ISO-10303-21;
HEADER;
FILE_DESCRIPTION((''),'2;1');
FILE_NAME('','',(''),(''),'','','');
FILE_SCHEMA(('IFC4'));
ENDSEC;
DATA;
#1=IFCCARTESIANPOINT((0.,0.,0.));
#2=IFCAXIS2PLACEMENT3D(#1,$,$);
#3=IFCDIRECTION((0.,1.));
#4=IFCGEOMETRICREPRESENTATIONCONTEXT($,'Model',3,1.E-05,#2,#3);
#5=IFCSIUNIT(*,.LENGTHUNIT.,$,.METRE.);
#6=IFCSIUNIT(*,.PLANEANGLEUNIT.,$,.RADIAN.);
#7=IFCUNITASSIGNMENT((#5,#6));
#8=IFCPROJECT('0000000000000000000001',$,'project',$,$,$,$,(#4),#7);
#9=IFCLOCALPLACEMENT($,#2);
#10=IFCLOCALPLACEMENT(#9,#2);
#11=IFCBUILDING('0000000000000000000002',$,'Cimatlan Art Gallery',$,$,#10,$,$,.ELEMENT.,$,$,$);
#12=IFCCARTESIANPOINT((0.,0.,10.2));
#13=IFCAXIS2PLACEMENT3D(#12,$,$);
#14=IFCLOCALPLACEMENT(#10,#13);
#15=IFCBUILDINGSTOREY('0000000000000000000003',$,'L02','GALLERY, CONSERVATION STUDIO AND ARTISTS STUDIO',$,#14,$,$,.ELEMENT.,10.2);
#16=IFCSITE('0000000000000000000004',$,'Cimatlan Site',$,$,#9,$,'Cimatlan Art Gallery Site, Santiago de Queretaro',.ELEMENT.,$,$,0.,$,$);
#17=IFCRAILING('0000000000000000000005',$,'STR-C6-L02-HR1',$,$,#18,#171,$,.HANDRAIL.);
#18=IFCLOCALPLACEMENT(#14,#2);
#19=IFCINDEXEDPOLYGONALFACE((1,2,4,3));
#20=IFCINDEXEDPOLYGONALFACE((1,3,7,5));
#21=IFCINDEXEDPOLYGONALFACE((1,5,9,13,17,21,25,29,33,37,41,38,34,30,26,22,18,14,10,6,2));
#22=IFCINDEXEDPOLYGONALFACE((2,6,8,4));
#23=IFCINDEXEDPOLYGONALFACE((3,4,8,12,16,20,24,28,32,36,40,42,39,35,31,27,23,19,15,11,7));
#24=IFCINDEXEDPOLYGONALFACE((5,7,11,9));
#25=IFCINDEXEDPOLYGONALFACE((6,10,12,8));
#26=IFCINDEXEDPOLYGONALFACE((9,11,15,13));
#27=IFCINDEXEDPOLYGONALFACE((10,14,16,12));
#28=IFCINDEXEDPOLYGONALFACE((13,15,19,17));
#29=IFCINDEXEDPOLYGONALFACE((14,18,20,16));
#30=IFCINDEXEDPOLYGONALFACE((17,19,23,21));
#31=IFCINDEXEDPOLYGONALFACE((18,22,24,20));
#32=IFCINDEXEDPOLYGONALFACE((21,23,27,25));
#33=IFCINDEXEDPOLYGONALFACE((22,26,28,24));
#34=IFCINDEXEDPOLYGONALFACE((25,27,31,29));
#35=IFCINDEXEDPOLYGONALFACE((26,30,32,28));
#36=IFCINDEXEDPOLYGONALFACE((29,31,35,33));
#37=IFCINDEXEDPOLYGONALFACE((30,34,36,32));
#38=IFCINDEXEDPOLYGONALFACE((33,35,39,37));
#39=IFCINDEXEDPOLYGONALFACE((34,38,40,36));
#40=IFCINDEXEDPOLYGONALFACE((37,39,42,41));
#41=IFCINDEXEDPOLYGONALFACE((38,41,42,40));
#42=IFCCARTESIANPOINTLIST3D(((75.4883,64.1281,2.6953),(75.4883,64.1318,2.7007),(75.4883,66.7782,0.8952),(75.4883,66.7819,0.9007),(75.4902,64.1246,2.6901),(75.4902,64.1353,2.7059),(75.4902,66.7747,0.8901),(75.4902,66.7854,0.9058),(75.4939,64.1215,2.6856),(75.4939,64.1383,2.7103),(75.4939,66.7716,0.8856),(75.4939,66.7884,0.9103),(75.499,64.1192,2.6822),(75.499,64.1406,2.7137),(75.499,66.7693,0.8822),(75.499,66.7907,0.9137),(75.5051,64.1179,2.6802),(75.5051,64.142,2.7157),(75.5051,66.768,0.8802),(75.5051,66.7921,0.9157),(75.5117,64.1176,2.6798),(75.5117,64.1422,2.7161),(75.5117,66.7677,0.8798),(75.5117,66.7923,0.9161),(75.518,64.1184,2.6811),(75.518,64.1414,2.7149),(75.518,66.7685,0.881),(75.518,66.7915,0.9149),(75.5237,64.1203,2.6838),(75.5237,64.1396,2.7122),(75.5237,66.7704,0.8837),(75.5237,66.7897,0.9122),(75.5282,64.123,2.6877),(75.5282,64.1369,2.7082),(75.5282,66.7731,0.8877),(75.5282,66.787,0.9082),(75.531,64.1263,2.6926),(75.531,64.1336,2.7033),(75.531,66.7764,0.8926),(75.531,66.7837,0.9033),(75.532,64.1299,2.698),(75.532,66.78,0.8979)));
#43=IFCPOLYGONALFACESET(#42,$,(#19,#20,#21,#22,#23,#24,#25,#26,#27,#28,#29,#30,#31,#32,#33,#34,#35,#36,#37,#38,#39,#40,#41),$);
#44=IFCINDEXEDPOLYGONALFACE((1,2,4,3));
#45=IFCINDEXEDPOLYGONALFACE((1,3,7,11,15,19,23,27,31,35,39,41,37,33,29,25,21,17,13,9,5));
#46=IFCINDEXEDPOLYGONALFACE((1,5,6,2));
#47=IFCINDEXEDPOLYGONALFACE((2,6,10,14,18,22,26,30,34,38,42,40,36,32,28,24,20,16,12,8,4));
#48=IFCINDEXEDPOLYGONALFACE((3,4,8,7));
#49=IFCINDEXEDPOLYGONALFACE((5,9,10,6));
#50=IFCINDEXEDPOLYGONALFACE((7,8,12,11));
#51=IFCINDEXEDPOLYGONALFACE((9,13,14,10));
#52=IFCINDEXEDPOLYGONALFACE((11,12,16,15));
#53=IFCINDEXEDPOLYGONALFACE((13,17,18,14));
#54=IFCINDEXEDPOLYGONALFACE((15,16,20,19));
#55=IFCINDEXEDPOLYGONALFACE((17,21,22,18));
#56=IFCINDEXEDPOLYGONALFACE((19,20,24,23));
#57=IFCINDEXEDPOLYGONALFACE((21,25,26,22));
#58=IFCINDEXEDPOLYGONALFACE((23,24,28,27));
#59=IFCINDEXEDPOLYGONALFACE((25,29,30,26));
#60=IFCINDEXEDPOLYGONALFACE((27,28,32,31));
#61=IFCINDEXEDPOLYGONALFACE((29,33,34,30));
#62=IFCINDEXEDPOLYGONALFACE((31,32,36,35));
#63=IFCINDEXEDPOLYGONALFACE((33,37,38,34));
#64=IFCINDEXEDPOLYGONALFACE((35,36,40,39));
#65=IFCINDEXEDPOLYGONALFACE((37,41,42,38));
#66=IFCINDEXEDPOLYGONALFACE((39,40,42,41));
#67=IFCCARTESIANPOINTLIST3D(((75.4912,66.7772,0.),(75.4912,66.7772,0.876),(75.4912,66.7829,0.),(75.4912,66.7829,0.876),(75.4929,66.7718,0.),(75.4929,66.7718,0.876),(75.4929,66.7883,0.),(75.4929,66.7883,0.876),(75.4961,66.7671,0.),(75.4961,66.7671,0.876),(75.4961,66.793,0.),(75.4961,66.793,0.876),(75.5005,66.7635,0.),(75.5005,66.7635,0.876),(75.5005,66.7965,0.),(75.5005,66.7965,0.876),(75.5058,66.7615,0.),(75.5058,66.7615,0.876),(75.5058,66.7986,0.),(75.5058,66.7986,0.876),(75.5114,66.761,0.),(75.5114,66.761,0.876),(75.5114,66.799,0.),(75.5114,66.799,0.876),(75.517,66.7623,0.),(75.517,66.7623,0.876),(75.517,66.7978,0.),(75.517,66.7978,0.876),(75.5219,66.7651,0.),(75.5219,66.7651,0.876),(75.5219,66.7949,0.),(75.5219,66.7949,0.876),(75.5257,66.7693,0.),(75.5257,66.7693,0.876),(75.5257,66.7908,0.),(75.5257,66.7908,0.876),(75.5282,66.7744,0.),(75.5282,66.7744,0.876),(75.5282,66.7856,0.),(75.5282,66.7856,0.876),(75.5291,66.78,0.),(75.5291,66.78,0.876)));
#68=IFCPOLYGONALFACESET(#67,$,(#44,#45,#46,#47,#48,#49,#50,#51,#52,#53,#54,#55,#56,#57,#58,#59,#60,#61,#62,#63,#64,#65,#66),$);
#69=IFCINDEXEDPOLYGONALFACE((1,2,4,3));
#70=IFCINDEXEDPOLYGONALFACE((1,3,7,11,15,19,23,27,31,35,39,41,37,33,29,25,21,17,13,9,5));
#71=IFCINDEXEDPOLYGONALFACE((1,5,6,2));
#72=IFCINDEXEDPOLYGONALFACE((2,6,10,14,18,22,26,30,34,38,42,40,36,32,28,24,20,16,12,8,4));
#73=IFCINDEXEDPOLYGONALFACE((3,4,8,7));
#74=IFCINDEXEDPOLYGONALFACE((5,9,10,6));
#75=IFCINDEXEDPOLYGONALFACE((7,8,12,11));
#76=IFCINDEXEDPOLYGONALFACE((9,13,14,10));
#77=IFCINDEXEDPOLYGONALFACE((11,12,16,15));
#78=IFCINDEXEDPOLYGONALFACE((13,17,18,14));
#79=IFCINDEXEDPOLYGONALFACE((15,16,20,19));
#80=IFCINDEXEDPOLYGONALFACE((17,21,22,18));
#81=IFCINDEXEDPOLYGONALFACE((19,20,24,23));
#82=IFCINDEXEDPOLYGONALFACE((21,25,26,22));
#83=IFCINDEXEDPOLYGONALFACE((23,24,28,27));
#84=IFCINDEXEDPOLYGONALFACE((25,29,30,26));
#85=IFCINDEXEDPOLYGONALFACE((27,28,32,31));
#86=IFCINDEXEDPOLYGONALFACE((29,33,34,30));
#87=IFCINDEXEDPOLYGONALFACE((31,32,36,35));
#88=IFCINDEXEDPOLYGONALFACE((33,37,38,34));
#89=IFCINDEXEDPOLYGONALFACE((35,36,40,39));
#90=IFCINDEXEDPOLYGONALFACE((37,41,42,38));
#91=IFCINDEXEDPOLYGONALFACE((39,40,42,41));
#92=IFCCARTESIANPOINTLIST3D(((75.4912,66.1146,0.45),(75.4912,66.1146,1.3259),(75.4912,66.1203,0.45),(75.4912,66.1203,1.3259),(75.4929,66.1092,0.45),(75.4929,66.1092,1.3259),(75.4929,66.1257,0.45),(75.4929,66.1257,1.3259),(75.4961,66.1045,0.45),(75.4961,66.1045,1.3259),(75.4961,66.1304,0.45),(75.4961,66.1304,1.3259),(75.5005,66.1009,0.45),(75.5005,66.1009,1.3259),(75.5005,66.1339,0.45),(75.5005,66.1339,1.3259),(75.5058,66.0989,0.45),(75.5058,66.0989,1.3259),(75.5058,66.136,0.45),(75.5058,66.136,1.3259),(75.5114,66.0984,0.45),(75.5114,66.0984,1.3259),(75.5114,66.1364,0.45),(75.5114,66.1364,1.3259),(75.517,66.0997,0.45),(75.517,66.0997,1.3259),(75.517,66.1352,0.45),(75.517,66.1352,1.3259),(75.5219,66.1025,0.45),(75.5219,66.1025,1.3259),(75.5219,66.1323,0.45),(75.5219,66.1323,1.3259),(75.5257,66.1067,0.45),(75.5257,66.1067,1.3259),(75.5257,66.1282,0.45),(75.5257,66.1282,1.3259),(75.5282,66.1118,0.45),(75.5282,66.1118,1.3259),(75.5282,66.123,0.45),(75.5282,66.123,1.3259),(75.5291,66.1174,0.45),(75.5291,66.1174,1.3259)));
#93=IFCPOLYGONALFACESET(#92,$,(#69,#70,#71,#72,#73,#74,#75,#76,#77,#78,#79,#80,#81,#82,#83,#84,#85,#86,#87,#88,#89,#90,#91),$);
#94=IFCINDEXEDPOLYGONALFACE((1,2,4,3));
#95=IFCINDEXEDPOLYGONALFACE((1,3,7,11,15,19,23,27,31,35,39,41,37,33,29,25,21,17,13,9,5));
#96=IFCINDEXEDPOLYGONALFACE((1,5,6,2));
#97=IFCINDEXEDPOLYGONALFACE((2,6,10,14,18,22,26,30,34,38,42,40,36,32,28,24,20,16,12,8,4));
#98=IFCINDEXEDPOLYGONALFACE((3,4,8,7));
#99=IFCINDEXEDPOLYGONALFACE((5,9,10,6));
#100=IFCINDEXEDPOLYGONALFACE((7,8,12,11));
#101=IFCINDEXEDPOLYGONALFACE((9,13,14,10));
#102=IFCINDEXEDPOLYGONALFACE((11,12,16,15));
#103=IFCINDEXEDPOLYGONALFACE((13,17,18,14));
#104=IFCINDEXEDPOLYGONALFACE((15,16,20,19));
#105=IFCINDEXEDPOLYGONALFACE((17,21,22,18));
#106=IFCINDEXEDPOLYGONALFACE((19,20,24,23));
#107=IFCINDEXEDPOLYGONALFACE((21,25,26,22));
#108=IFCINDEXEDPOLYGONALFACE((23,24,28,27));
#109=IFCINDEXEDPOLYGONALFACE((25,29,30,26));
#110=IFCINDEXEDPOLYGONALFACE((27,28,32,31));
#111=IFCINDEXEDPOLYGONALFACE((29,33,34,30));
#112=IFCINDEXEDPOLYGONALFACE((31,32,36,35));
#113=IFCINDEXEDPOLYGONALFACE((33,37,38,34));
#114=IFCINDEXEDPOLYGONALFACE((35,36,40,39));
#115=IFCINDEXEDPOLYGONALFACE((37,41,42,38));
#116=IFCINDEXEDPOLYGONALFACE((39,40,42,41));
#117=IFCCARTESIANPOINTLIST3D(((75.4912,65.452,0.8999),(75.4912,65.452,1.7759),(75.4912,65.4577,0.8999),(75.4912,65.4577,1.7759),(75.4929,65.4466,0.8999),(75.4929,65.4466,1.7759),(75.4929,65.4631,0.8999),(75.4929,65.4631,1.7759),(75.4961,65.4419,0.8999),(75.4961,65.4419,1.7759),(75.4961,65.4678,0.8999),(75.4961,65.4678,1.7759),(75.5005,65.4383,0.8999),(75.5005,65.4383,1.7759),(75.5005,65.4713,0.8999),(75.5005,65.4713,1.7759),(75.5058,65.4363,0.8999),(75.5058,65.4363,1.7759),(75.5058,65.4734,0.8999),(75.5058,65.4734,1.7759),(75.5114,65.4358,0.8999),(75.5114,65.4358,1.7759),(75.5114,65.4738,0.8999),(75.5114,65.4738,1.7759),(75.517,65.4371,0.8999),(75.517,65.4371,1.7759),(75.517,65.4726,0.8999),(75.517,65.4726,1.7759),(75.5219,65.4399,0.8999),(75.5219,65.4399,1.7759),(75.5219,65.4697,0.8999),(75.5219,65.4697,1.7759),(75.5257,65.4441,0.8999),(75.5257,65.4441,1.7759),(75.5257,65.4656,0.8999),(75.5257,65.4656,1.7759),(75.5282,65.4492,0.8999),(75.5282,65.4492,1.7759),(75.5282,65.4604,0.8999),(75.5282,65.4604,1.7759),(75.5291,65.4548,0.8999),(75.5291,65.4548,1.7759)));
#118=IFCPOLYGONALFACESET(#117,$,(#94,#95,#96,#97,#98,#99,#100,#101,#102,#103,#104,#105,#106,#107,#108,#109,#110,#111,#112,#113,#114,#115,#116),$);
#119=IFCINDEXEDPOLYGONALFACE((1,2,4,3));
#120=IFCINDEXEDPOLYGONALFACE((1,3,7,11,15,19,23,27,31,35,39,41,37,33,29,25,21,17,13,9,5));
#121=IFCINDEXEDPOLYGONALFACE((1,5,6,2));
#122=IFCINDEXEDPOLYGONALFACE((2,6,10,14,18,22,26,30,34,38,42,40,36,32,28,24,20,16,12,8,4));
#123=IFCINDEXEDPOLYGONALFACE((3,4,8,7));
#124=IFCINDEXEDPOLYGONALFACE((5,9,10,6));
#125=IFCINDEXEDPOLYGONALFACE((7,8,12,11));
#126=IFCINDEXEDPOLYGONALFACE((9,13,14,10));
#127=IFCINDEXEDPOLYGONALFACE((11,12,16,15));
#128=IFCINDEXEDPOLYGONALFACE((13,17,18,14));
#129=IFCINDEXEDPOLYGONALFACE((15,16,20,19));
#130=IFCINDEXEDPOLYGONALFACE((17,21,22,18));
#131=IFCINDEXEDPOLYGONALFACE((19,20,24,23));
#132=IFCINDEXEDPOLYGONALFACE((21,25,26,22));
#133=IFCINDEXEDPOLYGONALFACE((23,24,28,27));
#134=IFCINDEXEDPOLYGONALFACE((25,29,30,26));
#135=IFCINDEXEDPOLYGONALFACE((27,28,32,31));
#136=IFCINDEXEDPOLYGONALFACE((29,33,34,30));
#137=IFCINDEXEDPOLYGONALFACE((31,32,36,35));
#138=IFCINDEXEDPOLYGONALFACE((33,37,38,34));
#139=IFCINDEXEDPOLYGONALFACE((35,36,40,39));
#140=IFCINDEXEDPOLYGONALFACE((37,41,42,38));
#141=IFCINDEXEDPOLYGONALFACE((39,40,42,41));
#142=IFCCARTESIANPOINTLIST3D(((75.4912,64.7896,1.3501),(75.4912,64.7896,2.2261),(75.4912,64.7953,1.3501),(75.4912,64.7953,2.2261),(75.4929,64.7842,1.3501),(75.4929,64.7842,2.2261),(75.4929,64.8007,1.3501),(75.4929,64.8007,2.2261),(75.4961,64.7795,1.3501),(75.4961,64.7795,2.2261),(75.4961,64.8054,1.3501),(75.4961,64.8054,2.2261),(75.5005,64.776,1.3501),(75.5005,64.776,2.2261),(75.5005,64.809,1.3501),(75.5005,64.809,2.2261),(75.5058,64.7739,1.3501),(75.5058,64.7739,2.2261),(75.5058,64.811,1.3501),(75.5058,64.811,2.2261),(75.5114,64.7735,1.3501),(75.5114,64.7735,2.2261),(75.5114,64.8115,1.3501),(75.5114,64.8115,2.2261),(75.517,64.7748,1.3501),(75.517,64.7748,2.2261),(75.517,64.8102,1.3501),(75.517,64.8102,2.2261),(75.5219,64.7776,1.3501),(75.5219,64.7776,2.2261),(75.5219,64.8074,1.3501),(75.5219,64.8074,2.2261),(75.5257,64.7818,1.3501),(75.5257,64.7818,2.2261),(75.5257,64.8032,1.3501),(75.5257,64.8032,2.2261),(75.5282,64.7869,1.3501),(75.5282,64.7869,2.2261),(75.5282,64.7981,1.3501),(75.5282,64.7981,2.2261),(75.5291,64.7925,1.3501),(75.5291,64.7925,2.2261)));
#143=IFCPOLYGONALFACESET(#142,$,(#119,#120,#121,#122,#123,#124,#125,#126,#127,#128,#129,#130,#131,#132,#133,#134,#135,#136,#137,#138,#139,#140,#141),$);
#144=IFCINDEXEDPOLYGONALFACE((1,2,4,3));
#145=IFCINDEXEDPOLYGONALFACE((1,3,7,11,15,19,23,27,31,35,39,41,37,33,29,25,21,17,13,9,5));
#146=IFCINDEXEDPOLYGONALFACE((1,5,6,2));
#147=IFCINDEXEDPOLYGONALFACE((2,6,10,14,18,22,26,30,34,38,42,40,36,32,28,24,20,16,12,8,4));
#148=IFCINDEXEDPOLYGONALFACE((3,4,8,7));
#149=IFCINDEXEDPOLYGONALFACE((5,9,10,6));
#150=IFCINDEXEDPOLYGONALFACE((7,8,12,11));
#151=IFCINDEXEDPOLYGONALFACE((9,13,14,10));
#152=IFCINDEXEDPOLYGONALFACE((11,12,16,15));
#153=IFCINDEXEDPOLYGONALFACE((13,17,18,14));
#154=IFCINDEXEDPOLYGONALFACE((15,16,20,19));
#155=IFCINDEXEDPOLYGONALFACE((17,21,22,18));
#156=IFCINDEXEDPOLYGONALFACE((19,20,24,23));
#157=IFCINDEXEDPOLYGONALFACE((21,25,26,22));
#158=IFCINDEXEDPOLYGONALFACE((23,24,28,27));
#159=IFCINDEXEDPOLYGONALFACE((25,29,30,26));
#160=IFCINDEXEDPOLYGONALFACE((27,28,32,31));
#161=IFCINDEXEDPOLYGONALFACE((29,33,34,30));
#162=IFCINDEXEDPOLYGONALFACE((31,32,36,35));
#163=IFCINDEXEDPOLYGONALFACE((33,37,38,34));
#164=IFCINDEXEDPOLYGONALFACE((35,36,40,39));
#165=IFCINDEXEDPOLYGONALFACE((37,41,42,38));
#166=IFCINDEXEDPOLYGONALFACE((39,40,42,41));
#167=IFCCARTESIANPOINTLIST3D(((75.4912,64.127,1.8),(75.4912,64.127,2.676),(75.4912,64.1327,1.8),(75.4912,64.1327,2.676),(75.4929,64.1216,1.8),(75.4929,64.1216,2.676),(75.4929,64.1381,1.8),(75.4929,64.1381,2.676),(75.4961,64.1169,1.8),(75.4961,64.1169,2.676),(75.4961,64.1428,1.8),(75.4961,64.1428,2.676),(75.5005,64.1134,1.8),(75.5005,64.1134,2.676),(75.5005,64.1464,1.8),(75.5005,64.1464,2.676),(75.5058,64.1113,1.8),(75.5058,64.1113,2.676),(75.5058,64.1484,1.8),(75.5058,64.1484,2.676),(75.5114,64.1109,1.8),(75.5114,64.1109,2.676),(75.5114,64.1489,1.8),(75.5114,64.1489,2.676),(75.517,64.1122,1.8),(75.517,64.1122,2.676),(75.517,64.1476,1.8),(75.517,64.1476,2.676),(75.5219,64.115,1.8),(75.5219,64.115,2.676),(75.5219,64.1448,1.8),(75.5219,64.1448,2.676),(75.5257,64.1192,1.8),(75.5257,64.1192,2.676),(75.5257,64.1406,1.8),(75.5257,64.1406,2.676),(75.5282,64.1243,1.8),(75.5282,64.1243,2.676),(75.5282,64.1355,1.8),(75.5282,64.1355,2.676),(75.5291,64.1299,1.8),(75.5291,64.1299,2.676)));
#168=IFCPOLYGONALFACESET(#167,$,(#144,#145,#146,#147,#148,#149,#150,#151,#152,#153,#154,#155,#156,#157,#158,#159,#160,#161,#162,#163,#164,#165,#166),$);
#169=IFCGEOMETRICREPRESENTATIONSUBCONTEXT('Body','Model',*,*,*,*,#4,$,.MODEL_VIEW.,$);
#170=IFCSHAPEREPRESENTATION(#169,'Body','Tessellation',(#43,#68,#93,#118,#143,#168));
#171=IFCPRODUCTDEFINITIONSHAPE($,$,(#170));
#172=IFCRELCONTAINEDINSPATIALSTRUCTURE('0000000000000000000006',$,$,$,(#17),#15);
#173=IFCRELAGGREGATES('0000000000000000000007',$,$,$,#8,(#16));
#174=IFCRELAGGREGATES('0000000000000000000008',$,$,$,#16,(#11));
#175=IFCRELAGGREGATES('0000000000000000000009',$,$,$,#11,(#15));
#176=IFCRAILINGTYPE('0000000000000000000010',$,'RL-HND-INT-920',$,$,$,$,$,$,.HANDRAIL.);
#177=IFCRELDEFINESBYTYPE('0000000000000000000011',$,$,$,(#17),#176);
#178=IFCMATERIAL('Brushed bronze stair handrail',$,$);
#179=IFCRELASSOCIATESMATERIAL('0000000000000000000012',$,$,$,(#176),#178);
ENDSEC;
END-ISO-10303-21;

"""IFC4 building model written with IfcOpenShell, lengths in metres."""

from ifc_helpers import new_model, si_unit, direction, frame, origin, origin_2d, place, context, subcontext, project, spatial, circle, extrude, material, type_object, element, save


model = new_model("IFC4")

# Units and contexts
model_context = context("Model", 3, precision=1e-05, world=origin(), true_north=direction((0.0, 1.0)))
body_context = subcontext(model_context, "Body", "Model", "MODEL_VIEW")
ifc_project = project(units=[si_unit("LENGTHUNIT", "METRE"), si_unit("PLANEANGLEUNIT", "RADIAN")], contexts=[model_context])

# Site, building, storey
site_placement = place(None, origin())
site = spatial("IfcSite", under=ifc_project, at=site_placement, Name="Cimatlan Site", LongName="Cimatlan Art Gallery Site, Santiago de Queretaro", CompositionType="ELEMENT", RefElevation=0.0)
building_placement = place(site_placement, origin())
building = spatial("IfcBuilding", under=site, at=building_placement, Name="Cimatlan Art Gallery", CompositionType="ELEMENT")
storey_placement = place(building_placement, frame((0.0, 0.0, 10.2)))
storey = spatial("IfcBuildingStorey", under=building, at=storey_placement, Name="L02", Description="GALLERY, CONSERVATION STUDIO AND ARTISTS STUDIO", CompositionType="ELEMENT", Elevation=10.2)

# Railing
ifc_material_1 = material(Name="Brushed bronze stair handrail")
railing_type_1 = type_object("IfcRailingType", Name="RL-HND-INT-920", PredefinedType="HANDRAIL", material=ifc_material_1)
railing_1_placement = place(storey_placement, frame((75.51, 66.78, 0.0)))
element("IfcRailing", 1, at=railing_1_placement, inside=storey, type_object=railing_type_1, Name="STR-C6-L02-HR1", PredefinedType="HANDRAIL", context=body_context, shape_type="SweptSolid", body=[
    extrude(circle(Radius=0.022, at=origin_2d()), frame((0.0, 0.0, 0.8979), z_axis=(0.0, -0.827224, 0.561872), x_axis=(1.0, 0.0, 0.0)), (0.0, 0.0, 1.0), 3.2036),
    extrude(circle(Radius=0.019, at=origin_2d()), origin(), (0.0, 0.0, 1.0), 0.876),
    extrude(circle(Radius=0.019, at=origin_2d()), frame((0.0, -0.6626, 0.45)), (0.0, 0.0, 1.0), 0.876),
    extrude(circle(Radius=0.019, at=origin_2d()), frame((0.0, -1.3252, 0.8999)), (0.0, 0.0, 1.0), 0.876),
    extrude(circle(Radius=0.019, at=origin_2d()), frame((0.0, -1.9875, 1.3501)), (0.0, 0.0, 1.0), 0.876),
    extrude(circle(Radius=0.019, at=origin_2d()), frame((0.0, -2.6501, 1.8)), (0.0, 0.0, 1.0), 0.876),
])

save(model, "model.ifc")
